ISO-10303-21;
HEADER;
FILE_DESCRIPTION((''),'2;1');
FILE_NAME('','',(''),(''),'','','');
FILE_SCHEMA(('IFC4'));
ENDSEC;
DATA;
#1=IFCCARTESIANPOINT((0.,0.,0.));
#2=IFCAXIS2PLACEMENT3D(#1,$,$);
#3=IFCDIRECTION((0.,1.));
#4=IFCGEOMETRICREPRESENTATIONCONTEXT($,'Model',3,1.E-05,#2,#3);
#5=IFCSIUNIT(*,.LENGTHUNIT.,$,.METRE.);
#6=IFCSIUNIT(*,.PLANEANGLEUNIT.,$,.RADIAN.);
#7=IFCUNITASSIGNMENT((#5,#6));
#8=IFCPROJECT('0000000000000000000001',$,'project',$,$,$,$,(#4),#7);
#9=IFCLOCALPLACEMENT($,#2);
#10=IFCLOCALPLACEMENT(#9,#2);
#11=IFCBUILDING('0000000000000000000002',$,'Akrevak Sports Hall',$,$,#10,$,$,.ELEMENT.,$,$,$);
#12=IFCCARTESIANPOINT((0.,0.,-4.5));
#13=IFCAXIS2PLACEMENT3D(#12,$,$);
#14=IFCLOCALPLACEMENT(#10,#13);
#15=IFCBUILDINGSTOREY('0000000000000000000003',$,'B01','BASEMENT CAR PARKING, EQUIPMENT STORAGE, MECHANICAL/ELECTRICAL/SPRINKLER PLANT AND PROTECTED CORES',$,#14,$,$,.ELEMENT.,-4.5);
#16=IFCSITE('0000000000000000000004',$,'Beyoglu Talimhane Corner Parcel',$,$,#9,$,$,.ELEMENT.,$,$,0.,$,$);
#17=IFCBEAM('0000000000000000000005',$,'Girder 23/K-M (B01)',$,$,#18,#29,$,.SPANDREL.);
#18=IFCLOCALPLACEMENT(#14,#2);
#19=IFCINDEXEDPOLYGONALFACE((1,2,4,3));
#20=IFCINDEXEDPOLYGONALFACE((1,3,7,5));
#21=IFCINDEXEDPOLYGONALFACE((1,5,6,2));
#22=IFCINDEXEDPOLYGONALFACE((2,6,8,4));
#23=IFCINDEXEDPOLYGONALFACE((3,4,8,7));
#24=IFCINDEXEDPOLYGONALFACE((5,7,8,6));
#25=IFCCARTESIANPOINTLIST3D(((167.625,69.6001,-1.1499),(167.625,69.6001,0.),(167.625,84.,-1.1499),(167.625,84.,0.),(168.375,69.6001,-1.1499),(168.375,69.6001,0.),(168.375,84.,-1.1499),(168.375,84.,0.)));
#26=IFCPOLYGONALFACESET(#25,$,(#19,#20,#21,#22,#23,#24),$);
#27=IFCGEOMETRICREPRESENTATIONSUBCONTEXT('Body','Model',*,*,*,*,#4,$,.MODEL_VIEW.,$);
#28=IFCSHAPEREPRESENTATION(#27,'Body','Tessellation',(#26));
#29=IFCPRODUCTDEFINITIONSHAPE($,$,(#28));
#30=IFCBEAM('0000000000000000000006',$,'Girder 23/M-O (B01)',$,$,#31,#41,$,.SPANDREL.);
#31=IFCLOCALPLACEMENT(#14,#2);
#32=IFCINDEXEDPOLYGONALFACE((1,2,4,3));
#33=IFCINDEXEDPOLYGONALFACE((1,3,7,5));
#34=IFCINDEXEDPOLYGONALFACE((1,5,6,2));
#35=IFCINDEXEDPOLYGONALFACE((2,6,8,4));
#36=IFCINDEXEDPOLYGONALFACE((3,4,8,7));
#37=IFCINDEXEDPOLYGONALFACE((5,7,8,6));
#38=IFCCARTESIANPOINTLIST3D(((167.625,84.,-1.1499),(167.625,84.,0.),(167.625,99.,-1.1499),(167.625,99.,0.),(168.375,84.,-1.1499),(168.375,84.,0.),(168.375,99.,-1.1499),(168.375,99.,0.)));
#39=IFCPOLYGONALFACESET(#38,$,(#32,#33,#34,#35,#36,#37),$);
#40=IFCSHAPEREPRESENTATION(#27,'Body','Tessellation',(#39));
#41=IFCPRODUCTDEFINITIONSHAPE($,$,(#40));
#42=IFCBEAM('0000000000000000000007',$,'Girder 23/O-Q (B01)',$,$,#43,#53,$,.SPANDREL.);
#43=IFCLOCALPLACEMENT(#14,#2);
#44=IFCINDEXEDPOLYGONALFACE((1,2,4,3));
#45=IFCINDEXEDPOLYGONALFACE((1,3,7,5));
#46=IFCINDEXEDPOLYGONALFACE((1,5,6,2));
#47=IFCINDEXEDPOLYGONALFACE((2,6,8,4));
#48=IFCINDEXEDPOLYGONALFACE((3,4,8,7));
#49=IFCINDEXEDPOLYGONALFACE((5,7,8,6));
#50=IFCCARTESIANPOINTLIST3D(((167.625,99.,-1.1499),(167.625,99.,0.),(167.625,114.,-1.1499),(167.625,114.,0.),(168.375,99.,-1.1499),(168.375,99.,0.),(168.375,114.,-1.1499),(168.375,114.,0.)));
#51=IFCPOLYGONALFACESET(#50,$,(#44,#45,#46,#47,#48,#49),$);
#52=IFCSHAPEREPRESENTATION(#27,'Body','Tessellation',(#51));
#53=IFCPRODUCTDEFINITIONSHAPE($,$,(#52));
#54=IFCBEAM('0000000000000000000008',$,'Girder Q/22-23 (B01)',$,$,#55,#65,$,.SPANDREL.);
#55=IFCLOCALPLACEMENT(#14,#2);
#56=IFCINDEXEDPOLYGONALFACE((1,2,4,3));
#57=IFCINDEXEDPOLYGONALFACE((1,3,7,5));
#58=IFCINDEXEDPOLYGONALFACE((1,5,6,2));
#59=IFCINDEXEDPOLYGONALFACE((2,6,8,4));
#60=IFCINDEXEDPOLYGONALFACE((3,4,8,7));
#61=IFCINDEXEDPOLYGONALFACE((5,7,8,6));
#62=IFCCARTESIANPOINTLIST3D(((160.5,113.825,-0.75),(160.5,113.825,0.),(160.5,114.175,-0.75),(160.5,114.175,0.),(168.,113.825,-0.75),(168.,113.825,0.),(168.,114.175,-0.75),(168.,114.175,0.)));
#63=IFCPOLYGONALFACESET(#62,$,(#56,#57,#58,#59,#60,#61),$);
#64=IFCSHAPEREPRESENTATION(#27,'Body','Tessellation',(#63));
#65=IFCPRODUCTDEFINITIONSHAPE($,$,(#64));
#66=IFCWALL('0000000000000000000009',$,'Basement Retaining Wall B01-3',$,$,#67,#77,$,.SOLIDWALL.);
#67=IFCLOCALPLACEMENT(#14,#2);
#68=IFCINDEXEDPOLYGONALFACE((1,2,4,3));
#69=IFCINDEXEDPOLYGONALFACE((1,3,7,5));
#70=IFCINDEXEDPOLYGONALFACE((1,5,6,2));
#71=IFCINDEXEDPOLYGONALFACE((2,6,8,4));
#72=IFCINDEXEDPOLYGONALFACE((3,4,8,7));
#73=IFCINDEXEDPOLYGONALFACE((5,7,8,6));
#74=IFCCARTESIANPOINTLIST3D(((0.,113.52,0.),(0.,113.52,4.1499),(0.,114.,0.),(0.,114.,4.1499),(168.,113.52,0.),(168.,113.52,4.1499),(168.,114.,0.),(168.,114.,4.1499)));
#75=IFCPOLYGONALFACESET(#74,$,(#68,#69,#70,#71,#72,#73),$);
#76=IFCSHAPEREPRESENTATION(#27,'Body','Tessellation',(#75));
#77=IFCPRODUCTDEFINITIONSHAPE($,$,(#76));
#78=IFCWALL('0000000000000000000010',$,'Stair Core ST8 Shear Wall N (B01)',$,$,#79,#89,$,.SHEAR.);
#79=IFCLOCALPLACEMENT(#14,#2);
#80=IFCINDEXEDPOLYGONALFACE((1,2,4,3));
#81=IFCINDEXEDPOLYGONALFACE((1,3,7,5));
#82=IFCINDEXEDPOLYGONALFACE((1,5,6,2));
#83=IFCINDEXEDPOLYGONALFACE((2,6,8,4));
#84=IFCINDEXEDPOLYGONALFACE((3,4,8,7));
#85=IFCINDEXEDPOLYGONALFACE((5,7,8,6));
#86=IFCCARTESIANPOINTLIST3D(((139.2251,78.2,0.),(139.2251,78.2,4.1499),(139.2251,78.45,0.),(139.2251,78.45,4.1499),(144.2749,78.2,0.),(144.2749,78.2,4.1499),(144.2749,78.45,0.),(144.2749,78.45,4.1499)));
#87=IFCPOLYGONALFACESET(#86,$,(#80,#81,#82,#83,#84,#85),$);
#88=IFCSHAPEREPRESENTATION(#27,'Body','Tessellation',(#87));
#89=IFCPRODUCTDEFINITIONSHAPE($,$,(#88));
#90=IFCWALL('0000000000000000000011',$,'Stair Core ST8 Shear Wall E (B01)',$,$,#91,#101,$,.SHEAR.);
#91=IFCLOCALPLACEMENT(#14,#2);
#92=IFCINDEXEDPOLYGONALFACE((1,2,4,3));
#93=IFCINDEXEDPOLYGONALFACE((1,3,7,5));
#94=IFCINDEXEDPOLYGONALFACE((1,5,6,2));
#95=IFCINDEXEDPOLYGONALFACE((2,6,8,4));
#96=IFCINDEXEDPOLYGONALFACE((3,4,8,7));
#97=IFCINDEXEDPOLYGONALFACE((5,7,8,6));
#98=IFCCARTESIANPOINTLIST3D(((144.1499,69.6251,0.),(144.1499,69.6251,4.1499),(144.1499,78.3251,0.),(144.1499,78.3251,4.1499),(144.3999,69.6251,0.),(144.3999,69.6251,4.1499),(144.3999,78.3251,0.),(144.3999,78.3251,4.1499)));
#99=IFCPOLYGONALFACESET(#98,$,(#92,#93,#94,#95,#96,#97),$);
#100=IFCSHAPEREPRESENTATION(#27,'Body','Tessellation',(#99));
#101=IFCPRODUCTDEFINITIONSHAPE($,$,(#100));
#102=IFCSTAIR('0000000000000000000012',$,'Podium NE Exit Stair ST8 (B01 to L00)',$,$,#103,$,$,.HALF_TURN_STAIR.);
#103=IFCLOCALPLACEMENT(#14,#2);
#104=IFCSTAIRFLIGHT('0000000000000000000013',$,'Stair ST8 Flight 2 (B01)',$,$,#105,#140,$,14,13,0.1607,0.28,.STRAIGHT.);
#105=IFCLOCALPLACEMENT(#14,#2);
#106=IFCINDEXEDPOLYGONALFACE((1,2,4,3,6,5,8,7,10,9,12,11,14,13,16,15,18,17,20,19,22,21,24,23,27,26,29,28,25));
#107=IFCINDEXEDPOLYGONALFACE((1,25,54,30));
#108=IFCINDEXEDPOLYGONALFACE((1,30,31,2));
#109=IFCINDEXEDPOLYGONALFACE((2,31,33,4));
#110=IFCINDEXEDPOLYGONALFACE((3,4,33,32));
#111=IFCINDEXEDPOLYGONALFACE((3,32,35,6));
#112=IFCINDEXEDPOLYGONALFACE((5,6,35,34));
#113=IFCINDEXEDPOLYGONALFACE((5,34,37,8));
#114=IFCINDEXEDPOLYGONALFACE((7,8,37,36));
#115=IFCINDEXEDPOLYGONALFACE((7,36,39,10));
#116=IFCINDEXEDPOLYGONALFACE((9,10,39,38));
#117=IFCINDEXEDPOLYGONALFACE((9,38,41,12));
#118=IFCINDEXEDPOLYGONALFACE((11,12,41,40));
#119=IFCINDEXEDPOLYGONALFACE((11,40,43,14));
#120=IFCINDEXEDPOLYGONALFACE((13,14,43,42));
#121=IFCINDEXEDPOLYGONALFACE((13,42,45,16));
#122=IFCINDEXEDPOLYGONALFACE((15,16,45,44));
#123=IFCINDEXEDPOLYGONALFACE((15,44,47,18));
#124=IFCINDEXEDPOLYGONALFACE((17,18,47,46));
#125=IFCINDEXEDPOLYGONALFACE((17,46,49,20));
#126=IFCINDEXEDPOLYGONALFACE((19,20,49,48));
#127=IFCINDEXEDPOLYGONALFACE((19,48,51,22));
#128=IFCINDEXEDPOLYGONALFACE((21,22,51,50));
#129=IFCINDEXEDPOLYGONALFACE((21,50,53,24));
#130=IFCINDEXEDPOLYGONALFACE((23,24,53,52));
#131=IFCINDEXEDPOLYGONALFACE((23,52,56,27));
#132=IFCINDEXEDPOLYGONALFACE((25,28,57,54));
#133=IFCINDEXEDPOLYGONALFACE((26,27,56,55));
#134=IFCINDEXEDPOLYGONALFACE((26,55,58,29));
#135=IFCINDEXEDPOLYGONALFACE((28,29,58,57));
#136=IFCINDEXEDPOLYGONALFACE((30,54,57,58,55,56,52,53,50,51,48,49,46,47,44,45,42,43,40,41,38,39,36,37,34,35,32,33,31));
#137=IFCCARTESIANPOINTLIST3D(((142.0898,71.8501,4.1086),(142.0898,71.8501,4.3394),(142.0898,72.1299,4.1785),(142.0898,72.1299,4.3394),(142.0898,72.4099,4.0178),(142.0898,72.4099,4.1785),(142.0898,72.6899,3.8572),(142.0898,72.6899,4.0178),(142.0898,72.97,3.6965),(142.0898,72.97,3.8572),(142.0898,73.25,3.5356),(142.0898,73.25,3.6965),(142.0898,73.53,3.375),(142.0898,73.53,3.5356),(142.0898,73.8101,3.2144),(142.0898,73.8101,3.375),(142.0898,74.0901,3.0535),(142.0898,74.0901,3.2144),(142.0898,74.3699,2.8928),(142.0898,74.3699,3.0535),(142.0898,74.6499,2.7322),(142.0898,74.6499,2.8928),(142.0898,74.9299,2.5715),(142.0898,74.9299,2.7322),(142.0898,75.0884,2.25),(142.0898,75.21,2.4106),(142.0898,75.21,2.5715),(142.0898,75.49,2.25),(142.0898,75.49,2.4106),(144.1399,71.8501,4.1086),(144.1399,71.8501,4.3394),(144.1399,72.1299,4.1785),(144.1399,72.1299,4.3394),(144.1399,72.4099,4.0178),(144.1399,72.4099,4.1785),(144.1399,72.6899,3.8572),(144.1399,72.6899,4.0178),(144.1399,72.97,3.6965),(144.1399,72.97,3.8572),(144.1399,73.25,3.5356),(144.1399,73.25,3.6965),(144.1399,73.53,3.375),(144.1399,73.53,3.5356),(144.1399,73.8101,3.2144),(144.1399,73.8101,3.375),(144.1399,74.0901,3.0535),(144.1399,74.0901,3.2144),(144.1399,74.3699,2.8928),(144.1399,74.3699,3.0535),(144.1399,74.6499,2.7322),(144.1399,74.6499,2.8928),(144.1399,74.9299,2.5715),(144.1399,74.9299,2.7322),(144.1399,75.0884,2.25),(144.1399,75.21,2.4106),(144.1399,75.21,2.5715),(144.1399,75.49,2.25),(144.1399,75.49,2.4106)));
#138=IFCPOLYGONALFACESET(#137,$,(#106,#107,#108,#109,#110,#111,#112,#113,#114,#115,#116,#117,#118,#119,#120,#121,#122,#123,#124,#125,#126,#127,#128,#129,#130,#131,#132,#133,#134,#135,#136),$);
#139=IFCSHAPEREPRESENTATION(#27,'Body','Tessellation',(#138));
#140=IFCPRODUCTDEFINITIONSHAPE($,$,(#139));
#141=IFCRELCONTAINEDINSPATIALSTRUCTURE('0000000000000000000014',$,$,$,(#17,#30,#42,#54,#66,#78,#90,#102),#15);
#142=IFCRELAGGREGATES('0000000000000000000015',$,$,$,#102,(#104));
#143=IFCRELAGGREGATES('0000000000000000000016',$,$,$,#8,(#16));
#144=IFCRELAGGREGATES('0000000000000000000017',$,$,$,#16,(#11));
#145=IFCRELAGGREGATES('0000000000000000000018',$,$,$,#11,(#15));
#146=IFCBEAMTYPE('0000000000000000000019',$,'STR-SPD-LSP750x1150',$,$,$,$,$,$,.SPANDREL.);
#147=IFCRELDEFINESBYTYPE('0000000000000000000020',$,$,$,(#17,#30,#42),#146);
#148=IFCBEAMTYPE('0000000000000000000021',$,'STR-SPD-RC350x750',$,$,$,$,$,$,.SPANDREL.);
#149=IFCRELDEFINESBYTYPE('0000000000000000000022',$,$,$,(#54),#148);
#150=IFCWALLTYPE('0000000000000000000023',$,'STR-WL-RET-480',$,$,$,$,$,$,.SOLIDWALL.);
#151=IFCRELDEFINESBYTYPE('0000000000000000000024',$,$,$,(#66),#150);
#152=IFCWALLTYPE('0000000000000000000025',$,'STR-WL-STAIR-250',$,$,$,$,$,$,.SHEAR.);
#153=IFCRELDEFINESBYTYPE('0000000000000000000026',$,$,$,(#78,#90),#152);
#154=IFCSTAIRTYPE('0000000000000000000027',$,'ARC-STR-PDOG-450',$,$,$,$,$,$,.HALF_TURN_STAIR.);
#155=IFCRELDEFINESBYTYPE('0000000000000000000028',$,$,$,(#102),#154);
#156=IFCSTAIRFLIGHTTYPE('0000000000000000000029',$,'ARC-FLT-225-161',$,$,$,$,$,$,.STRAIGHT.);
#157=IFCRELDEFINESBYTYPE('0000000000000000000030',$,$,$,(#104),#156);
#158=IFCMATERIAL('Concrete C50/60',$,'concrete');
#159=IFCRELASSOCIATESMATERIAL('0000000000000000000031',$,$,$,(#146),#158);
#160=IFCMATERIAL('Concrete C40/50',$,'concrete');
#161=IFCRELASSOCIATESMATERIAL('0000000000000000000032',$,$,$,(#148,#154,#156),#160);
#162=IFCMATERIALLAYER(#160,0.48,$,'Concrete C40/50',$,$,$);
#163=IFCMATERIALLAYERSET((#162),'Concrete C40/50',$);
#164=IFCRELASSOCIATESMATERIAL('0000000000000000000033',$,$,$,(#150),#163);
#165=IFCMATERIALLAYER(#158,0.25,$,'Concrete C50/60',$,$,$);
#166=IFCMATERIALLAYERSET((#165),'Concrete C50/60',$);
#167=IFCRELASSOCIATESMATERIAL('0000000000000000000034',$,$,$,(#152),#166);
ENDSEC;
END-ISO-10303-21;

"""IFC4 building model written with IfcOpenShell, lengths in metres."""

from ifc_helpers import new_model, si_unit, direction, frame, frame_2d, origin, origin_2d, place, context, subcontext, project, spatial, polyline, rectangle, outline, extrude, material, layer, layer_set, material_profile, profile_set, type_object, element, aggregate, save


model = new_model("IFC4")

# Units and contexts
model_context = context("Model", 3, precision=1e-05, world=origin(), true_north=direction((0.0, 1.0)))
body_context = subcontext(model_context, "Body", "Model", "MODEL_VIEW")
ifc_project = project(units=[si_unit("LENGTHUNIT", "METRE"), si_unit("PLANEANGLEUNIT", "RADIAN")], contexts=[model_context])

# Site, building, storey
site_placement = place(None, origin())
site = spatial("IfcSite", under=ifc_project, at=site_placement, Name="Beyoglu Talimhane Corner Parcel", CompositionType="ELEMENT", RefElevation=0.0)
building_placement = place(site_placement, origin())
building = spatial("IfcBuilding", under=site, at=building_placement, Name="Akrevak Sports Hall", CompositionType="ELEMENT")
storey_placement = place(building_placement, frame((0.0, 0.0, -4.5)))
storey = spatial("IfcBuildingStorey", under=building, at=storey_placement, Name="B01", Description="BASEMENT CAR PARKING, EQUIPMENT STORAGE, MECHANICAL/ELECTRICAL/SPRINKLER PLANT AND PROTECTED CORES", CompositionType="ELEMENT", Elevation=-4.5)

# Shared definitions
ifc_material_1 = material(Name="Concrete C40/50", Category="concrete")
ifc_material_2 = material(Name="Concrete C50/60", Category="concrete")

# Beams
ifc_material_profile_1 = material_profile(ifc_material_2, rectangle(XDim=0.75, YDim=1.1499, at=origin_2d()), Name="SPD 750x1150", Category="concrete")
ifc_profile_set_1 = profile_set([ifc_material_profile_1], Name="Concrete C50/60")
beam_type_1 = type_object("IfcBeamType", Name="STR-SPD-LSP750x1150", PredefinedType="SPANDREL", material=ifc_profile_set_1)
beam_1_placement = place(storey_placement, frame((168.0, 69.6001, -0.575), z_axis=(0.0, 1.0, 0.0), x_axis=(-1.0, 0.0, 0.0)))
element("IfcBeam", 1, at=beam_1_placement, inside=storey, type_object=beam_type_1, Name="Girder 23/K-M (B01)", PredefinedType="SPANDREL", context=body_context, shape_type="SweptSolid", body=[
    extrude(rectangle(XDim=0.75, YDim=1.1499, at=origin_2d()), origin(), (0.0, 0.0, 1.0), 14.3999),
])
for number, where, z_axis, x_axis, name in (
    (2, (168.0, 84.0, -0.575), (0.0, 1.0, 0.0), (-1.0, 0.0, 0.0), "Girder 23/M-O (B01)"),
    (3, (168.0, 99.0, -0.575), (0.0, 1.0, 0.0), (-1.0, 0.0, 0.0), "Girder 23/O-Q (B01)"),
):
    element("IfcBeam", number, at=place(storey_placement, frame(where, z_axis=z_axis, x_axis=x_axis)), inside=storey, type_object=beam_type_1, Name=name, PredefinedType="SPANDREL", context=body_context, shape_type="SweptSolid", body=[
        extrude(rectangle(XDim=0.75, YDim=1.1499, at=origin_2d()), origin(), (0.0, 0.0, 1.0), 15.0),
    ])
ifc_material_profile_2 = material_profile(ifc_material_1, rectangle(XDim=0.3501, YDim=0.75, at=origin_2d()), Name="SPD 350x750", Category="concrete")
ifc_profile_set_2 = profile_set([ifc_material_profile_2], Name="Concrete C40/50")
beam_type_2 = type_object("IfcBeamType", Name="STR-SPD-RC350x750", PredefinedType="SPANDREL", material=ifc_profile_set_2)
beam_2_placement = place(storey_placement, frame((160.5, 114.0, -0.375), z_axis=(1.0, 0.0, 0.0), x_axis=(0.0, 1.0, 0.0)))
element("IfcBeam", 4, at=beam_2_placement, inside=storey, type_object=beam_type_2, Name="Girder Q/22-23 (B01)", PredefinedType="SPANDREL", context=body_context, shape_type="SweptSolid", body=[
    extrude(rectangle(XDim=0.3501, YDim=0.75, at=origin_2d()), origin(), (0.0, 0.0, 1.0), 7.5),
])

# Walls
ifc_layer_1 = layer(ifc_material_1, 0.48, Name="Concrete C40/50")
ifc_layer_set_1 = layer_set([ifc_layer_1], Name="Concrete C40/50")
wall_type_1 = type_object("IfcWallType", Name="STR-WL-RET-480", PredefinedType="SOLIDWALL", material=ifc_layer_set_1)
wall_1_placement = place(storey_placement, frame((168.0, 113.76, 0.0), z_axis=(0.0, 0.0, 1.0), x_axis=(-1.0, 0.0, 0.0)))
element("IfcWall", 5, at=wall_1_placement, inside=storey, type_object=wall_type_1, Name="Basement Retaining Wall B01-3", PredefinedType="SOLIDWALL", context=body_context, shape_type="SweptSolid", body=[
    extrude(rectangle(XDim=168.0, YDim=0.48, at=frame_2d((84.0, 0.0))), origin(), (0.0, 0.0, 1.0), 4.1499),
])
ifc_layer_2 = layer(ifc_material_2, 0.25, Name="Concrete C50/60")
ifc_layer_set_2 = layer_set([ifc_layer_2], Name="Concrete C50/60")
wall_type_2 = type_object("IfcWallType", Name="STR-WL-STAIR-250", PredefinedType="SHEAR", material=ifc_layer_set_2)
wall_2_placement = place(storey_placement, frame((144.2749, 78.325, 0.0), z_axis=(0.0, 0.0, 1.0), x_axis=(-1.0, 0.0, 0.0)))
element("IfcWall", 6, at=wall_2_placement, inside=storey, type_object=wall_type_2, Name="Stair Core ST8 Shear Wall N (B01)", PredefinedType="SHEAR", context=body_context, shape_type="SweptSolid", body=[
    extrude(rectangle(XDim=5.0498, YDim=0.25, at=frame_2d((2.5249, 0.0))), origin(), (0.0, 0.0, 1.0), 4.1499),
])
wall_3_placement = place(storey_placement, frame((144.2749, 69.625, 0.0), z_axis=(0.0, 0.0, 1.0), x_axis=(0.0, 1.0, 0.0)))
element("IfcWall", 7, at=wall_3_placement, inside=storey, type_object=wall_type_2, Name="Stair Core ST8 Shear Wall E (B01)", PredefinedType="SHEAR", context=body_context, shape_type="SweptSolid", body=[
    extrude(rectangle(XDim=8.7, YDim=0.25, at=frame_2d((4.3501, 0.0))), origin(), (0.0, 0.0, 1.0), 4.1499),
])

# Stair, stair flight
stair_type = type_object("IfcStairType", Name="ARC-STR-PDOG-450", PredefinedType="HALF_TURN_STAIR", material=ifc_material_1)
stair_placement = place(storey_placement, origin())
stair = element("IfcStair", 8, at=stair_placement, inside=storey, type_object=stair_type, Name="Podium NE Exit Stair ST8 (B01 to L00)", PredefinedType="HALF_TURN_STAIR")
stair_flight_type = type_object("IfcStairFlightType", Name="ARC-FLT-225-161", PredefinedType="STRAIGHT", material=ifc_material_1)
stair_flight_placement = place(storey_placement, frame((143.115, 75.49, 2.25), z_axis=(0.0, 0.0, 1.0), x_axis=(0.0, -1.0, 0.0)))
stair_flight = element("IfcStairFlight", 9, at=stair_flight_placement, type_object=stair_flight_type, Name="Stair ST8 Flight 2 (B01)", NumberOfRisers=14, NumberOfTreads=13, PredefinedType="STRAIGHT", RiserHeight=0.1607, TreadLength=0.28, context=body_context, shape_type="SweptSolid", body=[
    extrude(outline(polyline([(0.0, 0.0), (0.0, 0.1606), (0.28, 0.1606), (0.28, 0.3215), (0.5601, 0.3215), (0.5601, 0.4822), (0.8401, 0.4822), (0.8401, 0.6428), (1.1201, 0.6428), (1.1201, 0.8035), (1.3999, 0.8035), (1.3999, 0.9644), (1.6799, 0.9644), (1.6799, 1.125), (1.96, 1.125), (1.96, 1.2856), (2.24, 1.2856), (2.24, 1.4465), (2.52, 1.4465), (2.52, 1.6072), (2.8, 1.6072), (2.8, 1.7678), (3.0801, 1.7678), (3.0801, 1.9285), (3.3601, 1.9285), (3.3601, 2.0894), (3.6399, 2.0894), (3.6399, 2.25), (3.6399, 1.8586), (0.4016, 0.0), (0.0, 0.0)])), frame((0.0, 1.0249, 0.0), z_axis=(0.0, -1.0, 0.0), x_axis=(1.0, 0.0, 0.0)), (0.0, 0.0, 1.0), 2.05),
])
aggregate(stair, [stair_flight])

save(model, "model.ifc")
